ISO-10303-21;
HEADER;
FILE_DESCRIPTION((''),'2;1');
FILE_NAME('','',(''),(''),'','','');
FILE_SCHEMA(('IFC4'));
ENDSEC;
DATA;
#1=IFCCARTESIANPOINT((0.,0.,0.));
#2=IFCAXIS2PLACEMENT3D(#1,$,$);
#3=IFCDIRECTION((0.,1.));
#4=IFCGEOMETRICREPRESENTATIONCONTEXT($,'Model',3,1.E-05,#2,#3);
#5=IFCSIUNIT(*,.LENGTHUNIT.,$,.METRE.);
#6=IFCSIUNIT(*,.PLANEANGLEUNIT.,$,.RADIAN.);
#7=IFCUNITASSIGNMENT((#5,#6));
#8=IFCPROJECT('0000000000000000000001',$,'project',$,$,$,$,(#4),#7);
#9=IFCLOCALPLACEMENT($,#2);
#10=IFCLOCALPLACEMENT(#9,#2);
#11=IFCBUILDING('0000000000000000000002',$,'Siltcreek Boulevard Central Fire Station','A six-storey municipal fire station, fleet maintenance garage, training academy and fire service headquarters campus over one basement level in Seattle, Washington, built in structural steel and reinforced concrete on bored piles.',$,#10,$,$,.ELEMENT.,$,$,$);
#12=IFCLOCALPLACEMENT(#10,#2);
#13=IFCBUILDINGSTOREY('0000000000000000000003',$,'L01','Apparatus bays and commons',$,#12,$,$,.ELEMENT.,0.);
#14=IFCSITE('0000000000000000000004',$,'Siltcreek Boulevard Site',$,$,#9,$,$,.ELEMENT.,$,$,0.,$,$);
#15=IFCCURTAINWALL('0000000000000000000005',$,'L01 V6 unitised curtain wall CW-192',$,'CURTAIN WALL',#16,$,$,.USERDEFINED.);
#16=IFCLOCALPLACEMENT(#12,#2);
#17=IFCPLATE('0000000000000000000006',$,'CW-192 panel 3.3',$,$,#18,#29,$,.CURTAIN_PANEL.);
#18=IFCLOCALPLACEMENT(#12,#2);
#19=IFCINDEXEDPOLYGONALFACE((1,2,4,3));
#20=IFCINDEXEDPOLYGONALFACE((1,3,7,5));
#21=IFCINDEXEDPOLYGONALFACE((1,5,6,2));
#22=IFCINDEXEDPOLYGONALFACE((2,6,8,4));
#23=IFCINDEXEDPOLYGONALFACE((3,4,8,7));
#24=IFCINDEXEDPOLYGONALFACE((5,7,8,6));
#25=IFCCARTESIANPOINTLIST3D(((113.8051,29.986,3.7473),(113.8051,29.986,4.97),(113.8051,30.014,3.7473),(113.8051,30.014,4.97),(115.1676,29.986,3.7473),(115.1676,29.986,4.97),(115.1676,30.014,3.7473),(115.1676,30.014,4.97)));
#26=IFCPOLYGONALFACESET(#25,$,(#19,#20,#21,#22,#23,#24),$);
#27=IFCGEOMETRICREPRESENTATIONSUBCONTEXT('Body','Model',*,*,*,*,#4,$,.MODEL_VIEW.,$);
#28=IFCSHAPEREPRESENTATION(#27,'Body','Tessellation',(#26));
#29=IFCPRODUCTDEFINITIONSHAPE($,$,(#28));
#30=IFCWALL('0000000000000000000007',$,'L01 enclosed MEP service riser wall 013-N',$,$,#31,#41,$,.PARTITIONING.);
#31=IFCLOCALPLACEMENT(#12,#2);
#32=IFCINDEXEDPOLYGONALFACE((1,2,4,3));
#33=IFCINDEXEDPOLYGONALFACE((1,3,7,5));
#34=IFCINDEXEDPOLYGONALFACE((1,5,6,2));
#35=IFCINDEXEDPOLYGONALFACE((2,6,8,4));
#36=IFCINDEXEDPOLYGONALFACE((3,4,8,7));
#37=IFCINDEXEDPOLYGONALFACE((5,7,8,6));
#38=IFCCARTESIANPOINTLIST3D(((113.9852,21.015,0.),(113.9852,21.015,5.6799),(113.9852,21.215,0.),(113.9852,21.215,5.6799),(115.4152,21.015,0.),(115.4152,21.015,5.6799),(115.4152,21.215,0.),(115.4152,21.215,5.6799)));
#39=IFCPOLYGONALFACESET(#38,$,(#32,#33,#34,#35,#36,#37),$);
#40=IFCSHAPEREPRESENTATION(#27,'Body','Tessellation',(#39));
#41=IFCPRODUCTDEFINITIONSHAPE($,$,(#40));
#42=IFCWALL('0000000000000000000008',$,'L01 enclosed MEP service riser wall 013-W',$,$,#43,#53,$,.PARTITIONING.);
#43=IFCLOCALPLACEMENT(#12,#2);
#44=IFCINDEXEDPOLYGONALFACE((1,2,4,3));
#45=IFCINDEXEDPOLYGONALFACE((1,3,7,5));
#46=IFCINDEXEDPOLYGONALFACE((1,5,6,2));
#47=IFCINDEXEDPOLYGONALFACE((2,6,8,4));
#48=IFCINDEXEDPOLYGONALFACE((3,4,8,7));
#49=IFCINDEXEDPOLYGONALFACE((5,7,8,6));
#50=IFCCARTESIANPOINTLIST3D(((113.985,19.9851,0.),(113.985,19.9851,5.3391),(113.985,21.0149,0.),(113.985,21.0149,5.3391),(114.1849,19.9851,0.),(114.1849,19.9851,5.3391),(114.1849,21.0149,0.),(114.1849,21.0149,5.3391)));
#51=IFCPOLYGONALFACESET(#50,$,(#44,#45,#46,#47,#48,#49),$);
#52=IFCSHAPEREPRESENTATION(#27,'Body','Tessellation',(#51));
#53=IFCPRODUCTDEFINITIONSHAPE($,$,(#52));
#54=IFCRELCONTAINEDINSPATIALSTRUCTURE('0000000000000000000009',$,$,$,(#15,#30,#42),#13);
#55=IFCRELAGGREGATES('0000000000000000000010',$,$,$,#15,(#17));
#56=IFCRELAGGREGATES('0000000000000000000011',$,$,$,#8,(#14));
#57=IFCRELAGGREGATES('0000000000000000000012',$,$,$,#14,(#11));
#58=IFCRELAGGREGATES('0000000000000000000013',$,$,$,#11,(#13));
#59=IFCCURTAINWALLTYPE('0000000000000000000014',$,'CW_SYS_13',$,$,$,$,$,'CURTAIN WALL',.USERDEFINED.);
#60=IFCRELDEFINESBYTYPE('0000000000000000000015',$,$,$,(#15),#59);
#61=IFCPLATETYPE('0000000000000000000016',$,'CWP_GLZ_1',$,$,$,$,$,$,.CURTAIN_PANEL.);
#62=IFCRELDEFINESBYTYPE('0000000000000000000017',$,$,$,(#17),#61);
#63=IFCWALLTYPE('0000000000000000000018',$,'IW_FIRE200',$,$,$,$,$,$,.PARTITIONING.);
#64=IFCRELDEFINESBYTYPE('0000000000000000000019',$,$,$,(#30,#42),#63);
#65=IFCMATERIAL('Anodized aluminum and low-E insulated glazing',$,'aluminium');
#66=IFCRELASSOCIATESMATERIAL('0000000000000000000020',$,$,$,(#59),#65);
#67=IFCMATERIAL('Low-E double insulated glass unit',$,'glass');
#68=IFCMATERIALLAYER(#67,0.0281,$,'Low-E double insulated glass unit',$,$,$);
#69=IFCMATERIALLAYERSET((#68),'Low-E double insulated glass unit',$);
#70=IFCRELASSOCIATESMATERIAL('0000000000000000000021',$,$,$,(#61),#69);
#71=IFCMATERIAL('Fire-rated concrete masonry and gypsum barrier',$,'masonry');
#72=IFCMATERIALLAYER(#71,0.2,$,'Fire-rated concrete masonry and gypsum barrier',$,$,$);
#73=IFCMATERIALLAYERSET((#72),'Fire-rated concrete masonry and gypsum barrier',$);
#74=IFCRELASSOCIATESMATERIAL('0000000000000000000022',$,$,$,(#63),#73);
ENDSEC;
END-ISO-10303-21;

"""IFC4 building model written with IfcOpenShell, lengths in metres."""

from ifc_helpers import new_model, si_unit, direction, frame, frame_2d, origin, origin_2d, place, context, subcontext, project, spatial, rectangle, extrude, material, layer, layer_set, type_object, element, aggregate, save


model = new_model("IFC4")

# Units and contexts
model_context = context("Model", 3, precision=1e-05, world=origin(), true_north=direction((0.0, 1.0)))
body_context = subcontext(model_context, "Body", "Model", "MODEL_VIEW")
ifc_project = project(units=[si_unit("LENGTHUNIT", "METRE"), si_unit("PLANEANGLEUNIT", "RADIAN")], contexts=[model_context])

# Site, building, storey
site_placement = place(None, origin())
site = spatial("IfcSite", under=ifc_project, at=site_placement, Name="Siltcreek Boulevard Site", CompositionType="ELEMENT", RefElevation=0.0)
building_placement = place(site_placement, origin())
building = spatial("IfcBuilding", under=site, at=building_placement, Name="Siltcreek Boulevard Central Fire Station", Description="A six-storey municipal fire station, fleet maintenance garage, training academy and fire service headquarters campus over one basement level in Seattle, Washington, built in structural steel and reinforced concrete on bored piles.", CompositionType="ELEMENT")
storey_placement = place(building_placement, origin())
storey = spatial("IfcBuildingStorey", under=building, at=storey_placement, Name="L01", Description="Apparatus bays and commons", CompositionType="ELEMENT", Elevation=0.0)

# Curtain wall
ifc_material_1 = material(Name="Anodized aluminum and low-E insulated glazing", Category="aluminium")
curtain_wall_type = type_object("IfcCurtainWallType", Name="CW_SYS_13", ElementType="CURTAIN WALL", PredefinedType="USERDEFINED", material=ifc_material_1)
curtain_wall_placement = place(storey_placement, origin())
curtain_wall = element("IfcCurtainWall", 1, at=curtain_wall_placement, inside=storey, type_object=curtain_wall_type, Name="L01 V6 unitised curtain wall CW-192", ObjectType="CURTAIN WALL", PredefinedType="USERDEFINED")

# Plate
ifc_material_2 = material(Name="Low-E double insulated glass unit", Category="glass")
ifc_layer_1 = layer(ifc_material_2, 0.0281, Name="Low-E double insulated glass unit")
ifc_layer_set_1 = layer_set([ifc_layer_1], Name="Low-E double insulated glass unit")
plate_type = type_object("IfcPlateType", Name="CWP_GLZ_1", PredefinedType="CURTAIN_PANEL", material=ifc_layer_set_1)
plate_1_placement = place(storey_placement, frame((114.4863, 30.0, 3.7473), z_axis=(0.0, 0.0, 1.0), x_axis=(-1.0, 0.0, 0.0)))
plate_1 = element("IfcPlate", 2, at=plate_1_placement, type_object=plate_type, Name="CW-192 panel 3.3", PredefinedType="CURTAIN_PANEL", context=body_context, shape_type="SweptSolid", body=[
    extrude(rectangle(XDim=1.3625, YDim=0.0281, at=origin_2d()), origin(), (0.0, 0.0, 1.0), 1.2227),
])
aggregate(curtain_wall, [plate_1])

# Walls
ifc_material_3 = material(Name="Fire-rated concrete masonry and gypsum barrier", Category="masonry")
ifc_layer_2 = layer(ifc_material_3, 0.2, Name="Fire-rated concrete masonry and gypsum barrier")
ifc_layer_set_2 = layer_set([ifc_layer_2], Name="Fire-rated concrete masonry and gypsum barrier")
wall_type = type_object("IfcWallType", Name="IW_FIRE200", PredefinedType="PARTITIONING", material=ifc_layer_set_2)
wall_1_placement = place(storey_placement, frame((115.415, 21.115, 0.0), z_axis=(0.0, 0.0, 1.0), x_axis=(-1.0, 0.0, 0.0)))
element("IfcWall", 3, at=wall_1_placement, inside=storey, type_object=wall_type, Name="L01 enclosed MEP service riser wall 013-N", PredefinedType="PARTITIONING", context=body_context, shape_type="SweptSolid", body=[
    extrude(rectangle(XDim=1.4299, YDim=0.2, at=frame_2d((0.7148, 0.0))), origin(), (0.0, 0.0, 1.0), 5.6799),
])
wall_2_placement = place(storey_placement, frame((114.085, 21.0149, 0.0), z_axis=(0.0, 0.0, 1.0), x_axis=(0.0, -1.0, 0.0)))
element("IfcWall", 4, at=wall_2_placement, inside=storey, type_object=wall_type, Name="L01 enclosed MEP service riser wall 013-W", PredefinedType="PARTITIONING", context=body_context, shape_type="SweptSolid", body=[
    extrude(rectangle(XDim=1.0298, YDim=0.2, at=frame_2d((0.5149, 0.0))), origin(), (0.0, 0.0, 1.0), 5.3391),
])

save(model, "model.ifc")
